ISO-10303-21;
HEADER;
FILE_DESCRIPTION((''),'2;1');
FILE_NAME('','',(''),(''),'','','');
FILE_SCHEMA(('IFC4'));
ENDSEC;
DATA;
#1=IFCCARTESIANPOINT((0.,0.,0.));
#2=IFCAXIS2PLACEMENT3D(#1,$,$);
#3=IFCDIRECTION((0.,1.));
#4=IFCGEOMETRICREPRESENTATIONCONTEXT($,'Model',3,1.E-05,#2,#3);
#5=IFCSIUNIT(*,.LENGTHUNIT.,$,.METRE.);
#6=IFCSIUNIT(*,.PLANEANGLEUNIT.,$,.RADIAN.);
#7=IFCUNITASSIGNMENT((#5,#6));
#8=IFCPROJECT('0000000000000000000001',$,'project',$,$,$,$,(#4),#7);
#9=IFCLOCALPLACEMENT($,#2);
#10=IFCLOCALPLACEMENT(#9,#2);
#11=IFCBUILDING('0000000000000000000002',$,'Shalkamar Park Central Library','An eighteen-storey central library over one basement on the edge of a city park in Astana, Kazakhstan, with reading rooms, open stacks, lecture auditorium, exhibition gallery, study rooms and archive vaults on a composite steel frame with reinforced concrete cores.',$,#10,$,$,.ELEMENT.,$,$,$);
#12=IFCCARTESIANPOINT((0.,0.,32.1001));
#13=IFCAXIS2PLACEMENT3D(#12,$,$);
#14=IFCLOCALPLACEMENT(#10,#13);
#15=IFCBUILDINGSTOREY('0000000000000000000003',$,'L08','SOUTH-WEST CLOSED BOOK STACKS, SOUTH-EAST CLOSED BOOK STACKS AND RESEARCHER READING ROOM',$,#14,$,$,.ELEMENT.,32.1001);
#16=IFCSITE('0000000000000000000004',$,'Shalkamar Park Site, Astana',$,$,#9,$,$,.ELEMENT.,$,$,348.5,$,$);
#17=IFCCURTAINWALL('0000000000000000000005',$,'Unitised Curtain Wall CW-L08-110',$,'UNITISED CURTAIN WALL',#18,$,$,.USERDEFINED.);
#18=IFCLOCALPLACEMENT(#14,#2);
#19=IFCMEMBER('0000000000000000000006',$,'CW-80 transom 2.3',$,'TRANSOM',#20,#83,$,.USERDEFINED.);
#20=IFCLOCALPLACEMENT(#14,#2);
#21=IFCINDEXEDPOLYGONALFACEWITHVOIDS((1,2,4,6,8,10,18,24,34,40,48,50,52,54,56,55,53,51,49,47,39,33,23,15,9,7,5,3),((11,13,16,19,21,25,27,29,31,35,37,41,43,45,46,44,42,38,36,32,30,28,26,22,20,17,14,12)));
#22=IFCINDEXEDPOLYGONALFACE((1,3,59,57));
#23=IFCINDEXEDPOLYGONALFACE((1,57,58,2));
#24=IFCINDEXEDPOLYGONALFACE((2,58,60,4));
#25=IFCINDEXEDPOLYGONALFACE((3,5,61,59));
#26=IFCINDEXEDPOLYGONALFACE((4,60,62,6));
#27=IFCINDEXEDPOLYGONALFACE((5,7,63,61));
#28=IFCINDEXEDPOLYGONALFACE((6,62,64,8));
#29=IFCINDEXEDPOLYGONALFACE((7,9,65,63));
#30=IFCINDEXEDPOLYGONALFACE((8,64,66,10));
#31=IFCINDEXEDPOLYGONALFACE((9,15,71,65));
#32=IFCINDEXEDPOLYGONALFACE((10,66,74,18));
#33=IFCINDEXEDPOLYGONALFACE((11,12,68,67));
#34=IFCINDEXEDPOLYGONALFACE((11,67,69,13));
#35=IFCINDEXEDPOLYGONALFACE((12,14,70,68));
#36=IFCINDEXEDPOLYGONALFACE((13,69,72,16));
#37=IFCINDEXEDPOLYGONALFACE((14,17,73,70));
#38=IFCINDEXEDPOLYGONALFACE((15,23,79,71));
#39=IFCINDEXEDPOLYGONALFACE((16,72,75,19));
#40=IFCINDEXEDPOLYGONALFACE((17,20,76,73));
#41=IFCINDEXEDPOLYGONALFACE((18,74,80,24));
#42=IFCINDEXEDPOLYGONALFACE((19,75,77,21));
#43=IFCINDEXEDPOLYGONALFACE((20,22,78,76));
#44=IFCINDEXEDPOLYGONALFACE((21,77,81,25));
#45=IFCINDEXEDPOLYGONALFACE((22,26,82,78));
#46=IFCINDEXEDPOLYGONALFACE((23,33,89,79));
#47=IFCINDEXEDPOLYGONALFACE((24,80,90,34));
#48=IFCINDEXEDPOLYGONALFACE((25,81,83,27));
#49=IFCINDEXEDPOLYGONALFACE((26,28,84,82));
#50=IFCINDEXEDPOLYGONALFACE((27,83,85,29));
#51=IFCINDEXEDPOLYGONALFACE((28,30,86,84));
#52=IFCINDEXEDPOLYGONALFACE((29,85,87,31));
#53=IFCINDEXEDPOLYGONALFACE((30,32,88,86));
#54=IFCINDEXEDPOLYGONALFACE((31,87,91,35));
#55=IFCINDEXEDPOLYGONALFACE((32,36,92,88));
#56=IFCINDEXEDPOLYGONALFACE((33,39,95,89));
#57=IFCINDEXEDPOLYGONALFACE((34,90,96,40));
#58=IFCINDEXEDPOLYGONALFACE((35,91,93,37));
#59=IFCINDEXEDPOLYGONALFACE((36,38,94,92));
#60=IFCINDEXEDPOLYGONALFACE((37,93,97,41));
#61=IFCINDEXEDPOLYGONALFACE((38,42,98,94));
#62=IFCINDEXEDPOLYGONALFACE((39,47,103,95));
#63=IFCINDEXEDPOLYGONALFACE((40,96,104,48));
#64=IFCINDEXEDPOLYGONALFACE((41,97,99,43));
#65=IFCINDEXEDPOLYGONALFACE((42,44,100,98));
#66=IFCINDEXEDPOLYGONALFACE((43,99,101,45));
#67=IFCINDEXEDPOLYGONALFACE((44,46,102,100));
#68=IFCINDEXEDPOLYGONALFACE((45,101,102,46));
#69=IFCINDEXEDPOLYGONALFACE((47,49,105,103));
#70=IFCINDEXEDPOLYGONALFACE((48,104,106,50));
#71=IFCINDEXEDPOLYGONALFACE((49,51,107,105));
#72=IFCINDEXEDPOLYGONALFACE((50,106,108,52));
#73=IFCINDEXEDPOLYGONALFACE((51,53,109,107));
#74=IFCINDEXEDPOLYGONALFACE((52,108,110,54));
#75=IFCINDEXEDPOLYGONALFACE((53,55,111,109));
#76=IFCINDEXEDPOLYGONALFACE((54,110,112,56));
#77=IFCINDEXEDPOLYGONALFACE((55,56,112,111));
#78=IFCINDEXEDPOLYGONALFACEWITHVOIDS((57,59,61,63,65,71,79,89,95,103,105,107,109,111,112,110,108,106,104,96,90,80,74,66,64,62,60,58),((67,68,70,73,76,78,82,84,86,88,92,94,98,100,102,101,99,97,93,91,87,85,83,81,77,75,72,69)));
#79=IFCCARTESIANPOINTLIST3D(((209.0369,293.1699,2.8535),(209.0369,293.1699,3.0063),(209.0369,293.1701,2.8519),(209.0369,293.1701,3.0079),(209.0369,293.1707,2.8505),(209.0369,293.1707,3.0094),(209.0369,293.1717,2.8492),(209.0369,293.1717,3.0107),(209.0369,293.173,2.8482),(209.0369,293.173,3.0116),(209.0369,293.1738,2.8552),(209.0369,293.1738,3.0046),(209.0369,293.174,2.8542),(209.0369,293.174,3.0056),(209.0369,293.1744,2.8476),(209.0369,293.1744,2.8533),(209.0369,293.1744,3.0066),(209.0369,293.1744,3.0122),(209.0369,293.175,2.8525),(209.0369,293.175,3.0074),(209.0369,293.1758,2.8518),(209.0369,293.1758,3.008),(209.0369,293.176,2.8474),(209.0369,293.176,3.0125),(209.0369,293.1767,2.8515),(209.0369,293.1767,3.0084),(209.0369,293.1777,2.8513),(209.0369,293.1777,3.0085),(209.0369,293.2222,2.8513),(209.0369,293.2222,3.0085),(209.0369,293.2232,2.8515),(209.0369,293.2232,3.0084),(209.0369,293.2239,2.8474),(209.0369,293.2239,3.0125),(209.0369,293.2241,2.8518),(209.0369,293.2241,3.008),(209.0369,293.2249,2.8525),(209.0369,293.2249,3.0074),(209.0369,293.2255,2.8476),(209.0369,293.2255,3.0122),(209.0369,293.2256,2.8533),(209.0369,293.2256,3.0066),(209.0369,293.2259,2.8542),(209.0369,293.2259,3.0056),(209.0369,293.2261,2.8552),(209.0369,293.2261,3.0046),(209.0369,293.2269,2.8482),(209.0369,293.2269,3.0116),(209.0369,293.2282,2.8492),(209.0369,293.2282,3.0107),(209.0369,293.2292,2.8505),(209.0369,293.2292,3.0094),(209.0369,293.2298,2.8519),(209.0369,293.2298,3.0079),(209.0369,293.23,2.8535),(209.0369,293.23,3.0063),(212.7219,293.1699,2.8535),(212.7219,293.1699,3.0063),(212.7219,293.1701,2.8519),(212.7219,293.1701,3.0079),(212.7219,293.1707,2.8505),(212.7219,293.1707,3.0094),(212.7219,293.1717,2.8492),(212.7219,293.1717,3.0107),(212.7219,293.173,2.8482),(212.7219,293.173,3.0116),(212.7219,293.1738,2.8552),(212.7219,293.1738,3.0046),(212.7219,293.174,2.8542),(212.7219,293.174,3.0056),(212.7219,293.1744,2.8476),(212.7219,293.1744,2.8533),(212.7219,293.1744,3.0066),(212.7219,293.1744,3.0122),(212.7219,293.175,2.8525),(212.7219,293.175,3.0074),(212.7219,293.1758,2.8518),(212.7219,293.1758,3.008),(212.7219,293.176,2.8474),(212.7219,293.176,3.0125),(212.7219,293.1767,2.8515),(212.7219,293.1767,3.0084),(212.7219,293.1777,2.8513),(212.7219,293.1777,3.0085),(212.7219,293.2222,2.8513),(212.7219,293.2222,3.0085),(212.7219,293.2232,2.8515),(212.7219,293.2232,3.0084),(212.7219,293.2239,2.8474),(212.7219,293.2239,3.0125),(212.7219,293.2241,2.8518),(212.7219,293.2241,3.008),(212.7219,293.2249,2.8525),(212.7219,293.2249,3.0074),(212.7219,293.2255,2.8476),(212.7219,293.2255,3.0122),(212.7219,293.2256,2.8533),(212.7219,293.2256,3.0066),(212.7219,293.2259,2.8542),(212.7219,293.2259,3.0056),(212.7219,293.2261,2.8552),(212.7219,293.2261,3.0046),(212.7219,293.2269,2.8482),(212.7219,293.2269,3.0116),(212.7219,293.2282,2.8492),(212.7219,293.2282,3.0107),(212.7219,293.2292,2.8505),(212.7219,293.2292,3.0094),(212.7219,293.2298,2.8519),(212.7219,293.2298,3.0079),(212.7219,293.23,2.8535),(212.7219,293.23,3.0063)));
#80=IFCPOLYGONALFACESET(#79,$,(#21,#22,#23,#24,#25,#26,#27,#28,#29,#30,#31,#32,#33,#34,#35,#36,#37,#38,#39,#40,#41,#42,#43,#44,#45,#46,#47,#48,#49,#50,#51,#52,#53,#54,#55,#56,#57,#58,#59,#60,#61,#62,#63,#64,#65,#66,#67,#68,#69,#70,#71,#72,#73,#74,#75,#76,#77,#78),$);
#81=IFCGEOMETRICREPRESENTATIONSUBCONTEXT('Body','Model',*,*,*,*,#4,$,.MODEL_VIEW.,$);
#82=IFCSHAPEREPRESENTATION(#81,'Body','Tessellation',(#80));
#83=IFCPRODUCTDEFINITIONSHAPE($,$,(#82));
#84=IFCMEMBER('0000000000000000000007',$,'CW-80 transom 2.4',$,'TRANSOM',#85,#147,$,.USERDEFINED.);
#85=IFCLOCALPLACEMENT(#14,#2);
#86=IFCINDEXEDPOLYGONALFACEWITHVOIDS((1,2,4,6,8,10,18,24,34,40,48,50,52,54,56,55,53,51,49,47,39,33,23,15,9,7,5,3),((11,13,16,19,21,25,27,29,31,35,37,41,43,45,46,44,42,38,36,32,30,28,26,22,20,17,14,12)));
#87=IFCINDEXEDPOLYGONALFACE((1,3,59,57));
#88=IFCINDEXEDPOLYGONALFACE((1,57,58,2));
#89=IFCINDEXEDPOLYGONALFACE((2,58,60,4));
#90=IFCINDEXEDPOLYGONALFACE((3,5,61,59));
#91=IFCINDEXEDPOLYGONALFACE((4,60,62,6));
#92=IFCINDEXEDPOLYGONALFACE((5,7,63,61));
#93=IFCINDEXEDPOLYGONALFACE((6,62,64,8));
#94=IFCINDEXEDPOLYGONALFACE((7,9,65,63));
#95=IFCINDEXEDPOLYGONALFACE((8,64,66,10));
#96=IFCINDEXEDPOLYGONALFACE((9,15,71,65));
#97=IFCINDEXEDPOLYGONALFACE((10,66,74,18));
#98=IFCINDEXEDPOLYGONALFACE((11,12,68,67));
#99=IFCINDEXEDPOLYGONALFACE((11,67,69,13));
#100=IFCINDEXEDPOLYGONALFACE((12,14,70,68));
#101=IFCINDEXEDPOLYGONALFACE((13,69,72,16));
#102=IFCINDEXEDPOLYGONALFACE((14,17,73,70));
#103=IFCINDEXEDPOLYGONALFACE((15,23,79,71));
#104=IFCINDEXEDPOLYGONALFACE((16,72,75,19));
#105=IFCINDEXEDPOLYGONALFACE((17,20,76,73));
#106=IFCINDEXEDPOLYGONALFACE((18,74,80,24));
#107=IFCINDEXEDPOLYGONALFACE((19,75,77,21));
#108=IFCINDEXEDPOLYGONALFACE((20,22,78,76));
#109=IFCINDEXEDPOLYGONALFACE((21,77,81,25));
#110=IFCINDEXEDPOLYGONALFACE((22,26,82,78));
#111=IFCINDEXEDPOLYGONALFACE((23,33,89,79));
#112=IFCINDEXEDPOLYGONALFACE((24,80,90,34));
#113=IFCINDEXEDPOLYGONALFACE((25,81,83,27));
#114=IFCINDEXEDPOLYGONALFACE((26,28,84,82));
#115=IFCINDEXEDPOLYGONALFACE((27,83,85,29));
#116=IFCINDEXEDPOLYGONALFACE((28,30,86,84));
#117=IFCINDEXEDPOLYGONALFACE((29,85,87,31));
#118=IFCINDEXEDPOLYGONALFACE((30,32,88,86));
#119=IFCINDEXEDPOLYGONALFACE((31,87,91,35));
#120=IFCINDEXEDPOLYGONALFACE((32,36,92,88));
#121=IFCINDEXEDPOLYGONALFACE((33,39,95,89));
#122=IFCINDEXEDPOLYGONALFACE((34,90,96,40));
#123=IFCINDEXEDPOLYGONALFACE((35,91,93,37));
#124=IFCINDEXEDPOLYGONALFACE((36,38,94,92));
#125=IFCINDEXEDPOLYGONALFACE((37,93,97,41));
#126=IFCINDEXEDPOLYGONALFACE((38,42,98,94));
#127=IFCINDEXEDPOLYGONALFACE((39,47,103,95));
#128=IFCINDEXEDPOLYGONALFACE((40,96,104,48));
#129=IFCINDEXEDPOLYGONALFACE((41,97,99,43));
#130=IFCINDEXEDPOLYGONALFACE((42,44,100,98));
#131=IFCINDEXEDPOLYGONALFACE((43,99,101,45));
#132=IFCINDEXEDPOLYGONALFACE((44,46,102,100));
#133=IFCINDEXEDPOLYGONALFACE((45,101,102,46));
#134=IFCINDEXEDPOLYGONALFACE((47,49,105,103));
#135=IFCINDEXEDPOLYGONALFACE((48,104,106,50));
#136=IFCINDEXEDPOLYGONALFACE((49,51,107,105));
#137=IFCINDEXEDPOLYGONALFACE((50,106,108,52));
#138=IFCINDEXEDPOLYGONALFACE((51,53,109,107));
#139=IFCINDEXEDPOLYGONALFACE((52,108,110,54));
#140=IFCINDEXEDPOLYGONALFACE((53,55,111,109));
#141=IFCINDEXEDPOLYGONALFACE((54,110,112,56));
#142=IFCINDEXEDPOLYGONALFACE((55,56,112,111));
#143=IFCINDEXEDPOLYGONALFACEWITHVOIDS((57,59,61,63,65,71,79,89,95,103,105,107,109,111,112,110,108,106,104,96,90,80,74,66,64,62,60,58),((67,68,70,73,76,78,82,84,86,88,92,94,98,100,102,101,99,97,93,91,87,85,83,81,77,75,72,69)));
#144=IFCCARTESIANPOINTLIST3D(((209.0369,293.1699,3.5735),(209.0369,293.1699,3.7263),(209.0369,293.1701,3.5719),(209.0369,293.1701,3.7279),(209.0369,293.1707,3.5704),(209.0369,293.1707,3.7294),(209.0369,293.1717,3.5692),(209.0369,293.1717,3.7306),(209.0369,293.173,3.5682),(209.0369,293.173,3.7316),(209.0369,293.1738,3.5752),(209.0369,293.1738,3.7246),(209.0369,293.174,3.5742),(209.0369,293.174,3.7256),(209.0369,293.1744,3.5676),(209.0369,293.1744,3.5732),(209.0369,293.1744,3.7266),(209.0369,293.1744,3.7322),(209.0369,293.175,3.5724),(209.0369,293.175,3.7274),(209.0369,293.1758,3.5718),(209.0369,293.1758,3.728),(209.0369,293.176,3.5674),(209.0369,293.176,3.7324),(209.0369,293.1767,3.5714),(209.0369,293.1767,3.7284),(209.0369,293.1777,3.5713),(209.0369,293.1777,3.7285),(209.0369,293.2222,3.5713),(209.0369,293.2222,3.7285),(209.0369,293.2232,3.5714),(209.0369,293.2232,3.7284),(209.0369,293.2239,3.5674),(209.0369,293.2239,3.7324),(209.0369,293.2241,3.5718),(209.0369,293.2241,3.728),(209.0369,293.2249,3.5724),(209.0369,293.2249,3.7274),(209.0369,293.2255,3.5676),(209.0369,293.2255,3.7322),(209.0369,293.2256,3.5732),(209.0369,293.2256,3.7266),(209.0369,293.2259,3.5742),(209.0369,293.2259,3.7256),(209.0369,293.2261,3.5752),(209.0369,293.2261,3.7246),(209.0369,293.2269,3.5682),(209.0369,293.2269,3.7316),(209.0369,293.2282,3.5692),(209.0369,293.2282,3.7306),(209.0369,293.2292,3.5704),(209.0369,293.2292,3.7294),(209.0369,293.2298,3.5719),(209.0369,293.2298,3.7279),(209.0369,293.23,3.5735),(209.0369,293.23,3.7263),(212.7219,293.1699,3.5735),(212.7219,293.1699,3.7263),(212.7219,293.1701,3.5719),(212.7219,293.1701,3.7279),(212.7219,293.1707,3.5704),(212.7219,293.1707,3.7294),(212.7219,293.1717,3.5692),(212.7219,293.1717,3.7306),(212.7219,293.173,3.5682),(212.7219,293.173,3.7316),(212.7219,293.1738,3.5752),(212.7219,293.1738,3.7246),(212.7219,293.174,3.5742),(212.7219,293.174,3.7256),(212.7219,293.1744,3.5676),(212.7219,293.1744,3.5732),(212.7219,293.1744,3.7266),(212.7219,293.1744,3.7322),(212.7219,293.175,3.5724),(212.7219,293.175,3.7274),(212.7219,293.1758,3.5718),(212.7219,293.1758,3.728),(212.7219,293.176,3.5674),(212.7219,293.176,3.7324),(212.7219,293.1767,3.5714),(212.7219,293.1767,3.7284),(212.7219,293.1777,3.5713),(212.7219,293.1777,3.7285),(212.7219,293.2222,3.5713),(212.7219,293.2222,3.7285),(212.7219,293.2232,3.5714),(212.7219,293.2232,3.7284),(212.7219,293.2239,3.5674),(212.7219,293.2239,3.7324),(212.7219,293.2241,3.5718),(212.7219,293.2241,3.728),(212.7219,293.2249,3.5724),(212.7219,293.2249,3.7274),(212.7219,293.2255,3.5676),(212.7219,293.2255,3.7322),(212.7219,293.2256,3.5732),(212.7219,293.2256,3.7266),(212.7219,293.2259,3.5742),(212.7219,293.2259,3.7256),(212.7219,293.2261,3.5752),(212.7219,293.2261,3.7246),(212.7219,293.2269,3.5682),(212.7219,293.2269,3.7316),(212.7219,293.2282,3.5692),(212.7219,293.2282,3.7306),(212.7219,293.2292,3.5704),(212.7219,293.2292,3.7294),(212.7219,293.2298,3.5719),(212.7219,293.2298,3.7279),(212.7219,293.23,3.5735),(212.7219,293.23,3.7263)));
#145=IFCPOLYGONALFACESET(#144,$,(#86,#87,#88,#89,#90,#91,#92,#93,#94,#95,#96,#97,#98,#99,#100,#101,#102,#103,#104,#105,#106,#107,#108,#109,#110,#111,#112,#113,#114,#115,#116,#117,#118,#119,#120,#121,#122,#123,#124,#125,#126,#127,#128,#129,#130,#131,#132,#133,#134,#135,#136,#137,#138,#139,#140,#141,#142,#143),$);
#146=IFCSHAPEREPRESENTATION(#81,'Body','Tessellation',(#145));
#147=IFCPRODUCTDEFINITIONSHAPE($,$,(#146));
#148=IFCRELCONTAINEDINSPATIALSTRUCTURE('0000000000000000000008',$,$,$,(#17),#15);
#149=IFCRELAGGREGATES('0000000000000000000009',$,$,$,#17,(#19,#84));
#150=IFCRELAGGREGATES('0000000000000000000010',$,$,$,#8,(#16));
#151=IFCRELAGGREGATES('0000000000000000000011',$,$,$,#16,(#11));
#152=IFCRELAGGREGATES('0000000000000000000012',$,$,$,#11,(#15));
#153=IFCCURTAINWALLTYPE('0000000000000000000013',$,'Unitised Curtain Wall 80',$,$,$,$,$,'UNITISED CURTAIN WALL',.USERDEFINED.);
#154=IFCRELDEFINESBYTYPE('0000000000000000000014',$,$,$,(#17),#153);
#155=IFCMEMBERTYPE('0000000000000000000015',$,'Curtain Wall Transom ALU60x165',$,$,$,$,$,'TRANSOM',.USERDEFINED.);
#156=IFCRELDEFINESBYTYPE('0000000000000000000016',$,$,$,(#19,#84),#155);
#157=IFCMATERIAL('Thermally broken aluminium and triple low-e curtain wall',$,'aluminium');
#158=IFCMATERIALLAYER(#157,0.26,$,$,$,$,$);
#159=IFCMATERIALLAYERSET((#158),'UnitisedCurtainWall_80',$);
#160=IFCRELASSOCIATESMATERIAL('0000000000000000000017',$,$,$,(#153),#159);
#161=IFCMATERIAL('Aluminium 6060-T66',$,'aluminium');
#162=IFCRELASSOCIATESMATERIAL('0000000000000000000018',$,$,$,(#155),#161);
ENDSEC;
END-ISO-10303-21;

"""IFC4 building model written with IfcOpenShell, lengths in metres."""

from ifc_helpers import new_model, si_unit, direction, frame, origin, origin_2d, place, context, subcontext, project, spatial, hollow_rectangle, extrude, material, layer, layer_set, material_profile, profile_set, type_object, element, aggregate, save


model = new_model("IFC4")

# Units and contexts
model_context = context("Model", 3, precision=1e-05, world=origin(), true_north=direction((0.0, 1.0)))
body_context = subcontext(model_context, "Body", "Model", "MODEL_VIEW")
ifc_project = project(units=[si_unit("LENGTHUNIT", "METRE"), si_unit("PLANEANGLEUNIT", "RADIAN")], contexts=[model_context])

# Site, building, storey
site_placement = place(None, origin())
site = spatial("IfcSite", under=ifc_project, at=site_placement, Name="Shalkamar Park Site, Astana", CompositionType="ELEMENT", RefElevation=348.5)
building_placement = place(site_placement, origin())
building = spatial("IfcBuilding", under=site, at=building_placement, Name="Shalkamar Park Central Library", Description="An eighteen-storey central library over one basement on the edge of a city park in Astana, Kazakhstan, with reading rooms, open stacks, lecture auditorium, exhibition gallery, study rooms and archive vaults on a composite steel frame with reinforced concrete cores.", CompositionType="ELEMENT")
storey_placement = place(building_placement, frame((0.0, 0.0, 32.1001)))
storey = spatial("IfcBuildingStorey", under=building, at=storey_placement, Name="L08", Description="SOUTH-WEST CLOSED BOOK STACKS, SOUTH-EAST CLOSED BOOK STACKS AND RESEARCHER READING ROOM", CompositionType="ELEMENT", Elevation=32.1001)

# Curtain wall
ifc_material_1 = material(Name="Thermally broken aluminium and triple low-e curtain wall", Category="aluminium")
ifc_layer_1 = layer(ifc_material_1, 0.26)
ifc_layer_set_1 = layer_set([ifc_layer_1], Name="UnitisedCurtainWall_80")
curtain_wall_type_1 = type_object("IfcCurtainWallType", Name="Unitised Curtain Wall 80", ElementType="UNITISED CURTAIN WALL", PredefinedType="USERDEFINED", material=ifc_layer_set_1)
curtain_wall_1_placement = place(storey_placement, origin())
curtain_wall_1 = element("IfcCurtainWall", 1, at=curtain_wall_1_placement, inside=storey, type_object=curtain_wall_type_1, Name="Unitised Curtain Wall CW-L08-110", ObjectType="UNITISED CURTAIN WALL", PredefinedType="USERDEFINED")
ifc_material_2 = material(Name="Aluminium 6060-T66", Category="aluminium")

# Members
ifc_material_profile_1 = material_profile(ifc_material_2, hollow_rectangle(XDim=0.0601, YDim=0.165, WallThickness=0.0039, InnerFilletRadius=0.0039, OuterFilletRadius=0.0061, at=origin_2d()), Name="ALU 60x165x4")
ifc_profile_set_1 = profile_set([ifc_material_profile_1], Name="Aluminium 6060-T66")
member_type_1 = type_object("IfcMemberType", Name="Curtain Wall Transom ALU60x165", ElementType="TRANSOM", PredefinedType="USERDEFINED", material=ifc_profile_set_1)
member_1_placement = place(storey_placement, frame((209.0369, 293.2, 2.9299), z_axis=(1.0, 0.0, 0.0), x_axis=(0.0, 1.0, 0.0)))
member_1 = element("IfcMember", 2, at=member_1_placement, type_object=member_type_1, Name="CW-80 transom 2.3", ObjectType="TRANSOM", PredefinedType="USERDEFINED", context=body_context, shape_type="SweptSolid", body=[
    extrude(hollow_rectangle(XDim=0.0601, YDim=0.165, WallThickness=0.0039, InnerFilletRadius=0.0039, OuterFilletRadius=0.0061, at=origin_2d()), origin(), (0.0, 0.0, 1.0), 3.6851),
])
member_2_placement = place(storey_placement, frame((209.0369, 293.2, 3.6499), z_axis=(1.0, 0.0, 0.0), x_axis=(0.0, 1.0, 0.0)))
member_2 = element("IfcMember", 3, at=member_2_placement, type_object=member_type_1, Name="CW-80 transom 2.4", ObjectType="TRANSOM", PredefinedType="USERDEFINED", context=body_context, shape_type="SweptSolid", body=[
    extrude(hollow_rectangle(XDim=0.0601, YDim=0.165, WallThickness=0.0039, InnerFilletRadius=0.0039, OuterFilletRadius=0.0061, at=origin_2d()), origin(), (0.0, 0.0, 1.0), 3.6851),
])

aggregate(curtain_wall_1, [member_1, member_2])

save(model, "model.ifc")
